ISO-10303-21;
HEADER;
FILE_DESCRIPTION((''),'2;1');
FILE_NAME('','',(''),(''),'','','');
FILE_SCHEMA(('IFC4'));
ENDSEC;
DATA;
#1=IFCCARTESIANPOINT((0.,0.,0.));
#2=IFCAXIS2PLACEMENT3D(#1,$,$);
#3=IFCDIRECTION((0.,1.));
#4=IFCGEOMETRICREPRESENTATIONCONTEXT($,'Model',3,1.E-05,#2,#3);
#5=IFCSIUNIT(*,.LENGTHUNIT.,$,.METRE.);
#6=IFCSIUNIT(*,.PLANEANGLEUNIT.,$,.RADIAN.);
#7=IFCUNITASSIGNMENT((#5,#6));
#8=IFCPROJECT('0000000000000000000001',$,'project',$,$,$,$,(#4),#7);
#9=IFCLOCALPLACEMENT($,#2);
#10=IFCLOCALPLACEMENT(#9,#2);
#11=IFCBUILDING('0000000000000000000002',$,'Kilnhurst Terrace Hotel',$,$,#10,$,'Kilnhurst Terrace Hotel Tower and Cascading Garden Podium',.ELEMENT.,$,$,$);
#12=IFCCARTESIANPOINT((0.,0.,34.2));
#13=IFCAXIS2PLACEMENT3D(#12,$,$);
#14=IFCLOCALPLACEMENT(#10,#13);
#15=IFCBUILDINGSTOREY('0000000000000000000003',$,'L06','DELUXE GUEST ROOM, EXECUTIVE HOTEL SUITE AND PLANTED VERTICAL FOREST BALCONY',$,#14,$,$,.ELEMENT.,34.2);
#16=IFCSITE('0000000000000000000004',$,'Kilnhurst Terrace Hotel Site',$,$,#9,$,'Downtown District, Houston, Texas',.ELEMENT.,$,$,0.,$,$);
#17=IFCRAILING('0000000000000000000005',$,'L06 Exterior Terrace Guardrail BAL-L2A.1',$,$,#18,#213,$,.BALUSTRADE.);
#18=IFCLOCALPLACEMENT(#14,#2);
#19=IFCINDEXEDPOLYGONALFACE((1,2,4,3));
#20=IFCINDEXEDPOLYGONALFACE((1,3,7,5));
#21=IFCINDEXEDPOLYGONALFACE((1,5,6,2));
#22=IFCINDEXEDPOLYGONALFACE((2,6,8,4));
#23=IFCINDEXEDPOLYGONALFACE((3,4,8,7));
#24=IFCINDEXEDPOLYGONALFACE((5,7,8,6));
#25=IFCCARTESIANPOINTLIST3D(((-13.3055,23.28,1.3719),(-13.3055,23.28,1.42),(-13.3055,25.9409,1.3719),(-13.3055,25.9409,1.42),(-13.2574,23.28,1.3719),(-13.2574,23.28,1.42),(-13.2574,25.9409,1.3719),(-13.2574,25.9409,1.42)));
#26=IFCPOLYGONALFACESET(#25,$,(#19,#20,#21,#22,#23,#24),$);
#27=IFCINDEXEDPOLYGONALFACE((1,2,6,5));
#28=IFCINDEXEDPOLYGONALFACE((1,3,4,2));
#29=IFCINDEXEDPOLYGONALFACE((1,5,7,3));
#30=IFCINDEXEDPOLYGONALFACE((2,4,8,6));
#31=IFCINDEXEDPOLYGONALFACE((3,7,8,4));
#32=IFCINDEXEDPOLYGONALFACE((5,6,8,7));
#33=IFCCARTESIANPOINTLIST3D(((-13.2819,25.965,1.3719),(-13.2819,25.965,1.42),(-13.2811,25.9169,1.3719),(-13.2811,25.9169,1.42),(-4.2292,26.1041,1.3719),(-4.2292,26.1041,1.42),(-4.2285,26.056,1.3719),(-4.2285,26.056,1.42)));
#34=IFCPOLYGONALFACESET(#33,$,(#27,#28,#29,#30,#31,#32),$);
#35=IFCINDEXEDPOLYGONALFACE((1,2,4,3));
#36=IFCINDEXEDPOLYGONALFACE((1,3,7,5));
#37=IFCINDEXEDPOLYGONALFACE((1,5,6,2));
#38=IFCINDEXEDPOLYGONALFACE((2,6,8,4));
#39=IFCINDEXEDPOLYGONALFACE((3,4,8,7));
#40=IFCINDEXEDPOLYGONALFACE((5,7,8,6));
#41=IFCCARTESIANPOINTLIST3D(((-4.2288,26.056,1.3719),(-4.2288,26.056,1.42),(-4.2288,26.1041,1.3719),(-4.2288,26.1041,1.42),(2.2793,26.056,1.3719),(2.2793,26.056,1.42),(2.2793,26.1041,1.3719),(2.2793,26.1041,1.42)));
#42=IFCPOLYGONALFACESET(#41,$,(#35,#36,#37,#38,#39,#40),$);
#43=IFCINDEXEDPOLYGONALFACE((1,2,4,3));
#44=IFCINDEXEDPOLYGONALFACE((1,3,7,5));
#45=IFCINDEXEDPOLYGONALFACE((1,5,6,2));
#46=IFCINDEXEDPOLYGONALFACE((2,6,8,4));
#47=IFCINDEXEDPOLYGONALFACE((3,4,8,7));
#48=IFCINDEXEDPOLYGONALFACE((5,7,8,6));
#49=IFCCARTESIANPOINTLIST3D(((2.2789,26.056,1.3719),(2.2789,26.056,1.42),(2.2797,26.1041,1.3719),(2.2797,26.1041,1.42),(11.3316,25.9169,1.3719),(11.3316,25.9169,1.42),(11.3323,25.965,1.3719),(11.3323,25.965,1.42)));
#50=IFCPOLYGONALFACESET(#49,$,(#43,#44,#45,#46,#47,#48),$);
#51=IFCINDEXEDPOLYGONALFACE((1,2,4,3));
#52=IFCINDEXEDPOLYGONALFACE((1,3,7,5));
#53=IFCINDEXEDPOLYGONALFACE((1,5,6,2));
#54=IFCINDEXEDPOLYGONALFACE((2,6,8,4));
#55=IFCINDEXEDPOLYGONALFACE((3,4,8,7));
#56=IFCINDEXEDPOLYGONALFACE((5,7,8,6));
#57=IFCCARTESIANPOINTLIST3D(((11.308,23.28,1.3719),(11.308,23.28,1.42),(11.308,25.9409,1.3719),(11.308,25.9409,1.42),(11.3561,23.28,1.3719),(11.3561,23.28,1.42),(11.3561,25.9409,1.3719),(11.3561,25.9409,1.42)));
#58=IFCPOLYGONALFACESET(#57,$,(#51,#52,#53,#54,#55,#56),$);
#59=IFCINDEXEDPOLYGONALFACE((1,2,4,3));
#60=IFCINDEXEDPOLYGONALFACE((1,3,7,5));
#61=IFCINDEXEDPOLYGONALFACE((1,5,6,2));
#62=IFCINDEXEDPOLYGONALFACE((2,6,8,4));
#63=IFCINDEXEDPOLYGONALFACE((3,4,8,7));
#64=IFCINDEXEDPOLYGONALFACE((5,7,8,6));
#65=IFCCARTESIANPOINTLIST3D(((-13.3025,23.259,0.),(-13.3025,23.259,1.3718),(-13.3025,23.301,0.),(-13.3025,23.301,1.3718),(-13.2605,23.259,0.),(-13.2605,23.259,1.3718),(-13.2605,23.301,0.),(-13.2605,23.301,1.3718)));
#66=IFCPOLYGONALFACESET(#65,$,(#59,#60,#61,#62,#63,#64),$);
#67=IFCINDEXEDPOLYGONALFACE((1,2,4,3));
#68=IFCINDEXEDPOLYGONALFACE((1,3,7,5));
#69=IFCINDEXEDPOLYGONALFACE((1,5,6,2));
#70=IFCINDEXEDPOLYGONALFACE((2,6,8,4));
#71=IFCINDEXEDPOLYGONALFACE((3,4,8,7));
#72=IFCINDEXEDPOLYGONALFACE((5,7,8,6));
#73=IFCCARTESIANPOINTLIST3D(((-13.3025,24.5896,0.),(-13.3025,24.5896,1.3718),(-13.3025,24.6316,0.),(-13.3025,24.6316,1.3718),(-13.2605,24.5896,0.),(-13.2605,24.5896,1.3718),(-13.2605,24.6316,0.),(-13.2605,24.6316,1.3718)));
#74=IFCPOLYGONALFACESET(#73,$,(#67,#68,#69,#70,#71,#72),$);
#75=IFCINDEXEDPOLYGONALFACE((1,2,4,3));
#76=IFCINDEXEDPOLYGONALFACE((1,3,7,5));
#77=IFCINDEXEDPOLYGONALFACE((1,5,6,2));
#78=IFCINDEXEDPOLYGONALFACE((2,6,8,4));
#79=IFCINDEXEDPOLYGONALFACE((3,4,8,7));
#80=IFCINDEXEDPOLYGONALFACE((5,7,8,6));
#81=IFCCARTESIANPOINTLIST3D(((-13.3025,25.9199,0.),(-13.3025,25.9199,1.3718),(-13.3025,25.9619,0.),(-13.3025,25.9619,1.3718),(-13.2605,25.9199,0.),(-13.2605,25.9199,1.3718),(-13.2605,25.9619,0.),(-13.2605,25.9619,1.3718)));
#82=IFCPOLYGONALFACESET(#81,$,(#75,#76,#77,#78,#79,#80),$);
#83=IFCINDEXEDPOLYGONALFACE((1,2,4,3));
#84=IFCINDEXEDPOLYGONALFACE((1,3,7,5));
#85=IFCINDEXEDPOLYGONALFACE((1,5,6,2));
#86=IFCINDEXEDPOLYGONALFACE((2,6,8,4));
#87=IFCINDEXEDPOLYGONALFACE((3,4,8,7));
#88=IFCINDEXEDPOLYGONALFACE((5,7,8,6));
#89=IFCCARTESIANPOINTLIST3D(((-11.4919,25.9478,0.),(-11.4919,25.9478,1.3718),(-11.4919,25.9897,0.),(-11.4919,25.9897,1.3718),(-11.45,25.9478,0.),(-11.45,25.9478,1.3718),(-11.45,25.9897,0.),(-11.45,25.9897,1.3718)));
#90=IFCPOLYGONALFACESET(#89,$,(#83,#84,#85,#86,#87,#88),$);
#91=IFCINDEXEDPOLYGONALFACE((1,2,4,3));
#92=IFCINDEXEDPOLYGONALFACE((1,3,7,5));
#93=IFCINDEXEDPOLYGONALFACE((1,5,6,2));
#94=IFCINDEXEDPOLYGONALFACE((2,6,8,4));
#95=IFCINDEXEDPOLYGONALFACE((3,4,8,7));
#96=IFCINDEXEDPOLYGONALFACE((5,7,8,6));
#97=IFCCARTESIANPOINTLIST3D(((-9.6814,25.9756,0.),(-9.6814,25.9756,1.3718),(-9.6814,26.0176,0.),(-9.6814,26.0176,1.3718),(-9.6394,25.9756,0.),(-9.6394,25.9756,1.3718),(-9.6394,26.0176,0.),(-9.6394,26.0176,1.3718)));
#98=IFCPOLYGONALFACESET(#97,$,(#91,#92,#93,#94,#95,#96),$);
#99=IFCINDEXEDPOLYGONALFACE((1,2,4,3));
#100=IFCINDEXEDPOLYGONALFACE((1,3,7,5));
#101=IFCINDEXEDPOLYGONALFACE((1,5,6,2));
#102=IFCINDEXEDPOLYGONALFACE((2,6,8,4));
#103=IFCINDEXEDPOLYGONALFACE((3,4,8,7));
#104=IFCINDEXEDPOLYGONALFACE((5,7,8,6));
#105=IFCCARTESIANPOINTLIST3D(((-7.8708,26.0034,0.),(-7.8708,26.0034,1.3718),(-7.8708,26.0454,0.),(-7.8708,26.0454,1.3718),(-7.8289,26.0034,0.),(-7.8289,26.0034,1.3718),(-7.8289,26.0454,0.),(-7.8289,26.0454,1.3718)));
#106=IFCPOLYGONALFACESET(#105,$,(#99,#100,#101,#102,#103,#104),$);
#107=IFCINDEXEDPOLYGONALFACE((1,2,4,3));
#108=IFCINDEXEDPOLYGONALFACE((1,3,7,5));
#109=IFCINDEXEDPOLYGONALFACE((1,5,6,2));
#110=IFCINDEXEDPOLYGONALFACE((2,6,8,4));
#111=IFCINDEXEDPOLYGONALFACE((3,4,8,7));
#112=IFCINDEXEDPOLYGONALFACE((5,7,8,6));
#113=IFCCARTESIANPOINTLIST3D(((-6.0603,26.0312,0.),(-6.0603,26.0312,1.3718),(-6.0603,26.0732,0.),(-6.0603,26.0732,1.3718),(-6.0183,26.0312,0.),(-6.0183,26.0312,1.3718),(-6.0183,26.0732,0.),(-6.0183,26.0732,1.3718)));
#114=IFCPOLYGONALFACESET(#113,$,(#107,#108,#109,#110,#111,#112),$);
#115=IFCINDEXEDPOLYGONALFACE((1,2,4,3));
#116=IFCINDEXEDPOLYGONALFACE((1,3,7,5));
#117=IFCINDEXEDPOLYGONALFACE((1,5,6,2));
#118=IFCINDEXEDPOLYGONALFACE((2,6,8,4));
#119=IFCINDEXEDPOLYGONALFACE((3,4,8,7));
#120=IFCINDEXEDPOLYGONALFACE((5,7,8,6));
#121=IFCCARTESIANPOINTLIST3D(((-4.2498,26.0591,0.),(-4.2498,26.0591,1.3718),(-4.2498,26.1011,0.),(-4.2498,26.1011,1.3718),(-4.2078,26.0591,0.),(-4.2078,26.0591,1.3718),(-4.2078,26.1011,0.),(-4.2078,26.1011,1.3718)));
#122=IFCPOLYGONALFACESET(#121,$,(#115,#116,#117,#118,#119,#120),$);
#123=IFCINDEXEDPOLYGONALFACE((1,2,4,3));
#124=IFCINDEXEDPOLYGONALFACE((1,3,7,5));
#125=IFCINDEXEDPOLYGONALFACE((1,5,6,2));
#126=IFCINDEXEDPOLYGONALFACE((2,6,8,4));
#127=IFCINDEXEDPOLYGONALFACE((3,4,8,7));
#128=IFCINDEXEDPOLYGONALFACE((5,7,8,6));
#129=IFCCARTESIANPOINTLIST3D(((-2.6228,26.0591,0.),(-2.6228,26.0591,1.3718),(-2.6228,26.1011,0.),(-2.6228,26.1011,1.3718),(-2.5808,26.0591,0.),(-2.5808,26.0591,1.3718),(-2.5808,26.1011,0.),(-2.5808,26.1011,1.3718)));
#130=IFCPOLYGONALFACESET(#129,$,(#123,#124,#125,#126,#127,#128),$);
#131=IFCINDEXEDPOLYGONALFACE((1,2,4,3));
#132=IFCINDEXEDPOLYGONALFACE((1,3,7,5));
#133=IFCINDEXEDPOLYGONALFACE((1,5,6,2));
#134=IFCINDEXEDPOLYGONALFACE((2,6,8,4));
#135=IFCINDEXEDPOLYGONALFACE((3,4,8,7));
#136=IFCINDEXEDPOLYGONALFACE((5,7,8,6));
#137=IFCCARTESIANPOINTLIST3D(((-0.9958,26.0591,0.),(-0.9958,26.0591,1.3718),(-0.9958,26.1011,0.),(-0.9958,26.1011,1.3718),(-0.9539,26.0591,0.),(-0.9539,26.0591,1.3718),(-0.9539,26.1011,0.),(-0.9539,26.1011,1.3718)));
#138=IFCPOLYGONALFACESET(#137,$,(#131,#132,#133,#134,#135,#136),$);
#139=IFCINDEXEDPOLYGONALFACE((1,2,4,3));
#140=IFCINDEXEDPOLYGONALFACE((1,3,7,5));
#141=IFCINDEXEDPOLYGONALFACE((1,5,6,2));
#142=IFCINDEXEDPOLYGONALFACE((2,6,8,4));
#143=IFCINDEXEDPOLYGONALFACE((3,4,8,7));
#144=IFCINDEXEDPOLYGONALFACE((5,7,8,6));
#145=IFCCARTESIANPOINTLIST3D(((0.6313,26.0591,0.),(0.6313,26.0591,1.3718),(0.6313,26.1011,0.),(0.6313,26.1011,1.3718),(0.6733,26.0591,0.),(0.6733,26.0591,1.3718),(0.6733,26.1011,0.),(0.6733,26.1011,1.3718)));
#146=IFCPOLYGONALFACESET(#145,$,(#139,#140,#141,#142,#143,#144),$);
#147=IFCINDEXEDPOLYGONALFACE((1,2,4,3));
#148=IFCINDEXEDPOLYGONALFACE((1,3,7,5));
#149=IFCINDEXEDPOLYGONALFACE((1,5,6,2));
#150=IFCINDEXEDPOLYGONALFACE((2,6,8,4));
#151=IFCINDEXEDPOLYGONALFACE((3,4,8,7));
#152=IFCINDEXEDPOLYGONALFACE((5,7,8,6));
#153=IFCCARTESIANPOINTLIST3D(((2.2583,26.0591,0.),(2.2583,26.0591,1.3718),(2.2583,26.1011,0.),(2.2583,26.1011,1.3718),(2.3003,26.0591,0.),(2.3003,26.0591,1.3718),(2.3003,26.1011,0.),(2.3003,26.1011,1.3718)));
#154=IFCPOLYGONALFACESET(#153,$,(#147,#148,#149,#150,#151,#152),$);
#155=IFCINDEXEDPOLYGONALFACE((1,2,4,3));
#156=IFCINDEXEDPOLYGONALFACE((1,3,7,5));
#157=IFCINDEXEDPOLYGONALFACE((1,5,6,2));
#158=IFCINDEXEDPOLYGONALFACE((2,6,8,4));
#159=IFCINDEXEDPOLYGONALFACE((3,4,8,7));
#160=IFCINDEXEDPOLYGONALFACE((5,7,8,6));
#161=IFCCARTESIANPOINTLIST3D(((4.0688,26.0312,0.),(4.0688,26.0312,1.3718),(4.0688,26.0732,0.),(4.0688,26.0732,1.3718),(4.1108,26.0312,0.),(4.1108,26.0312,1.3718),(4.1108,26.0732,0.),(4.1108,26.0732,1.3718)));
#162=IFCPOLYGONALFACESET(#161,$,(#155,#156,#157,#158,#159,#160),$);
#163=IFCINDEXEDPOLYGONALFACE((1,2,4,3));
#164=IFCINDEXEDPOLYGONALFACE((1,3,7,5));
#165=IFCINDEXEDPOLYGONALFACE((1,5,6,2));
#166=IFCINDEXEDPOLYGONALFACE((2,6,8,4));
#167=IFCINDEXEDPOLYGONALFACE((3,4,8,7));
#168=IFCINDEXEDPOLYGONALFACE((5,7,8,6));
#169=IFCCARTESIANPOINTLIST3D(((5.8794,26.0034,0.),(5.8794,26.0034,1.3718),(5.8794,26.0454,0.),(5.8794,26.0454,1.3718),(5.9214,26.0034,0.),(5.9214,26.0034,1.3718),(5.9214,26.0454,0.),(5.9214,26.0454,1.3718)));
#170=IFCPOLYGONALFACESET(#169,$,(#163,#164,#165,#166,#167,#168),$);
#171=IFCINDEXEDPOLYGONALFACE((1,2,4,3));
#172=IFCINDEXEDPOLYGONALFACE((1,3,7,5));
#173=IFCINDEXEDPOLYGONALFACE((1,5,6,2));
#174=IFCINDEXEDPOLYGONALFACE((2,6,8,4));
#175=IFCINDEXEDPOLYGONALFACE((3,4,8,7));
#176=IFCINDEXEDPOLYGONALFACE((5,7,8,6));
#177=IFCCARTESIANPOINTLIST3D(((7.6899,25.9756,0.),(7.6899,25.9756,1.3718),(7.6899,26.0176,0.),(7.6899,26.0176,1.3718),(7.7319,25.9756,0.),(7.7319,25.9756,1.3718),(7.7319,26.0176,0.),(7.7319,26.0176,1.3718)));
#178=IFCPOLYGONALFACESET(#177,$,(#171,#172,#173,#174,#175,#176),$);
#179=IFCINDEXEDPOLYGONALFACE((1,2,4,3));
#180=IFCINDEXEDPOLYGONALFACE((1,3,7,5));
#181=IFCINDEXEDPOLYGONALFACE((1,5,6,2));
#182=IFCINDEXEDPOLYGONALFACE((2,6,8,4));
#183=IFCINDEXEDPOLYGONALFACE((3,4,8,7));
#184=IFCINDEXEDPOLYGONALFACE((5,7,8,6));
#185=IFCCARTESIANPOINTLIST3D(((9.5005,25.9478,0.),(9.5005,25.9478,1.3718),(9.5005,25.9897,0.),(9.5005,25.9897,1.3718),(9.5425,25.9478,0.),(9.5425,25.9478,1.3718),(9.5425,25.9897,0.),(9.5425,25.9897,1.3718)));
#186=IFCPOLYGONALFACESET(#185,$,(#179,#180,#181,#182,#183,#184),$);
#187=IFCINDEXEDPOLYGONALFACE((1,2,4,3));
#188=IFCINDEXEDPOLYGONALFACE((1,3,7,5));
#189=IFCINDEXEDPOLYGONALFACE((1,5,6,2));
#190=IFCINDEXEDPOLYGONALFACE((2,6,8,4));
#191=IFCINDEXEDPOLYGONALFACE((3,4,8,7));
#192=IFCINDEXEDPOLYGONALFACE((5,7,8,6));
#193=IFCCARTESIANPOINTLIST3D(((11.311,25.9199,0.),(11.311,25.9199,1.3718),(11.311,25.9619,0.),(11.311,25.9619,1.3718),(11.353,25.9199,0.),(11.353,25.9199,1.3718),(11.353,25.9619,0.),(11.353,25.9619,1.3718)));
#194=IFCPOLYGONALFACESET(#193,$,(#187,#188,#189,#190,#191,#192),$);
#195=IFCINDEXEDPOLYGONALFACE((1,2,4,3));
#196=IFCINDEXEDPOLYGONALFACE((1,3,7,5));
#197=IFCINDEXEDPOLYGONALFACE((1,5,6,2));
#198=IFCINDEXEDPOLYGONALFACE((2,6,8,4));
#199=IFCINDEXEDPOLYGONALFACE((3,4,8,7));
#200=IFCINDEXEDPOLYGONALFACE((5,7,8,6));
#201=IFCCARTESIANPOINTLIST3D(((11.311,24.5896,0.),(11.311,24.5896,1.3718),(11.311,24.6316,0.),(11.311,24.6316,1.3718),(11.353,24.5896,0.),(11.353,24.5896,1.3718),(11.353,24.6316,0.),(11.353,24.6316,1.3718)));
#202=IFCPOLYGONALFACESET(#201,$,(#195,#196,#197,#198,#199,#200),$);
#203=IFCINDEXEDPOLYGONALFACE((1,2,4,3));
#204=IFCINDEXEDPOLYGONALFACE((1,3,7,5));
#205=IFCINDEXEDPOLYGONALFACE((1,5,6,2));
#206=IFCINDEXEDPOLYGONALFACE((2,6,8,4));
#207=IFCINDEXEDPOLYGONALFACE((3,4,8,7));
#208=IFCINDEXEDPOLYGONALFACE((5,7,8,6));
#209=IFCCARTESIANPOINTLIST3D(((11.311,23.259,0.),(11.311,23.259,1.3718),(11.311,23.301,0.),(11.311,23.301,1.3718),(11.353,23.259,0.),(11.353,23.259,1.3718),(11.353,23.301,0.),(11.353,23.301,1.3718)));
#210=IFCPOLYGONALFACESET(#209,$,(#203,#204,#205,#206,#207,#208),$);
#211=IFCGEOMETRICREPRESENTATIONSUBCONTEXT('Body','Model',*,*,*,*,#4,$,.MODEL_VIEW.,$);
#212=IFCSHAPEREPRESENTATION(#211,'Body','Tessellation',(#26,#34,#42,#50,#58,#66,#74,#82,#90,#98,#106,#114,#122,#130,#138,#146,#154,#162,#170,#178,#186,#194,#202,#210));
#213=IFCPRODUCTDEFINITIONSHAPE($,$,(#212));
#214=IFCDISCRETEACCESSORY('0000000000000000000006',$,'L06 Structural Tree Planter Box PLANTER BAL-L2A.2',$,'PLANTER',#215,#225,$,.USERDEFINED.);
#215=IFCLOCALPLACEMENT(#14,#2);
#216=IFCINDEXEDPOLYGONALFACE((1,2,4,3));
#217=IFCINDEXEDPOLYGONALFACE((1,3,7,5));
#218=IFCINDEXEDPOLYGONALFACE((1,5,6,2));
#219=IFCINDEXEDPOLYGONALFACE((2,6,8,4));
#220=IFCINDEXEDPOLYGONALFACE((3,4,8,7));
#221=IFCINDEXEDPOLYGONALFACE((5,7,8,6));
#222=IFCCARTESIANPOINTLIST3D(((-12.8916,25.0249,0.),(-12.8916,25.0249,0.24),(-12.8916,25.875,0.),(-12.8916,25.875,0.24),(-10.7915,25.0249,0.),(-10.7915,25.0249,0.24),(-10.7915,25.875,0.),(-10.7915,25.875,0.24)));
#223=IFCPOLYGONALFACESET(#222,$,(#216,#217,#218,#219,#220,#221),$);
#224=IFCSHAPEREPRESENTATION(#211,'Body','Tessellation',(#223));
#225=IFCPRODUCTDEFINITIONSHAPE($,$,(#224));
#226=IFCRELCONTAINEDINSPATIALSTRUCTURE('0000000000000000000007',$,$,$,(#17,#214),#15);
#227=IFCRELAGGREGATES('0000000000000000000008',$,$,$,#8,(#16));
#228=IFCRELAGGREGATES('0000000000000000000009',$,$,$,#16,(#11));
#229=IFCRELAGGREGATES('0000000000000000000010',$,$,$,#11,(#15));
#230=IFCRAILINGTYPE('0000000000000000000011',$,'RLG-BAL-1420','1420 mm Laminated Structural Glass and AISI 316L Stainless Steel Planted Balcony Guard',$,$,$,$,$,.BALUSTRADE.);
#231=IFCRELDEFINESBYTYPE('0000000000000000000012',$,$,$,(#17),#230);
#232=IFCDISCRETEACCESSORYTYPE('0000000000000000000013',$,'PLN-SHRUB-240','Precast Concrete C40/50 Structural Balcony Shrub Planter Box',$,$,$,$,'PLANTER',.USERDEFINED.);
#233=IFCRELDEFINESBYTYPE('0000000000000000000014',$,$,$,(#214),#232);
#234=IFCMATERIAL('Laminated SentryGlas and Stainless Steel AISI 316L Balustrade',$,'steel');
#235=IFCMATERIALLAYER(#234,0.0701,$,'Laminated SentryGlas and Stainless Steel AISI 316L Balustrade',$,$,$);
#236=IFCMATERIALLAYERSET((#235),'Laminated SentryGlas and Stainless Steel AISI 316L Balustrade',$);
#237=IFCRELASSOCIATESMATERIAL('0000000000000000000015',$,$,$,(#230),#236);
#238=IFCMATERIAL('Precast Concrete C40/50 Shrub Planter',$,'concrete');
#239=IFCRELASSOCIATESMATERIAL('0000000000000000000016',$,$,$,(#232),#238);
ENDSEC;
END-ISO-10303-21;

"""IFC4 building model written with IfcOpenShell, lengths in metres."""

from ifc_helpers import new_model, si_unit, direction, frame, origin, origin_2d, place, context, subcontext, project, spatial, rectangle, extrude, material, layer, layer_set, type_object, element, save


model = new_model("IFC4")

# Units and contexts
model_context = context("Model", 3, precision=1e-05, world=origin(), true_north=direction((0.0, 1.0)))
body_context = subcontext(model_context, "Body", "Model", "MODEL_VIEW")
ifc_project = project(units=[si_unit("LENGTHUNIT", "METRE"), si_unit("PLANEANGLEUNIT", "RADIAN")], contexts=[model_context])

# Site, building, storey
site_placement = place(None, origin())
site = spatial("IfcSite", under=ifc_project, at=site_placement, Name="Kilnhurst Terrace Hotel Site", LongName="Downtown District, Houston, Texas", CompositionType="ELEMENT", RefElevation=0.0)
building_placement = place(site_placement, origin())
building = spatial("IfcBuilding", under=site, at=building_placement, Name="Kilnhurst Terrace Hotel", LongName="Kilnhurst Terrace Hotel Tower and Cascading Garden Podium", CompositionType="ELEMENT")
storey_placement = place(building_placement, frame((0.0, 0.0, 34.2)))
storey = spatial("IfcBuildingStorey", under=building, at=storey_placement, Name="L06", Description="DELUXE GUEST ROOM, EXECUTIVE HOTEL SUITE AND PLANTED VERTICAL FOREST BALCONY", CompositionType="ELEMENT", Elevation=34.2)

# Railing
ifc_material_1 = material(Name="Laminated SentryGlas and Stainless Steel AISI 316L Balustrade", Category="steel")
ifc_layer_1 = layer(ifc_material_1, 0.0701, Name="Laminated SentryGlas and Stainless Steel AISI 316L Balustrade")
ifc_layer_set_1 = layer_set([ifc_layer_1], Name="Laminated SentryGlas and Stainless Steel AISI 316L Balustrade")
railing_type = type_object("IfcRailingType", Name="RLG-BAL-1420", Description="1420 mm Laminated Structural Glass and AISI 316L Stainless Steel Planted Balcony Guard", PredefinedType="BALUSTRADE", material=ifc_layer_set_1)
railing_placement = place(storey_placement, frame((-13.2815, 23.28, 0.0)))
element("IfcRailing", 1, at=railing_placement, inside=storey, type_object=railing_type, Name="L06 Exterior Terrace Guardrail BAL-L2A.1", PredefinedType="BALUSTRADE", context=body_context, shape_type="SweptSolid", body=[
    extrude(rectangle(XDim=0.0481, YDim=0.0481, at=origin_2d()), frame((0.0, 0.0, 1.396), z_axis=(0.0, 1.0, 0.0), x_axis=(-1.0, 0.0, 0.0)), (0.0, 0.0, 1.0), 2.6609),
    extrude(rectangle(XDim=0.0481, YDim=0.0481, at=origin_2d()), frame((0.0, 2.6609, 1.396), z_axis=(0.999882, 0.01537, 0.0), x_axis=(-0.01537, 0.999882, 0.0)), (0.0, 0.0, 1.0), 9.0537),
    extrude(rectangle(XDim=0.0481, YDim=0.0481, at=origin_2d()), frame((9.0527, 2.8, 1.396), z_axis=(1.0, 0.0, 0.0), x_axis=(0.0, 1.0, 0.0)), (0.0, 0.0, 1.0), 6.5081),
    extrude(rectangle(XDim=0.0481, YDim=0.0481, at=origin_2d()), frame((15.5608, 2.8, 1.396), z_axis=(0.999882, -0.01537, 0.0), x_axis=(0.01537, 0.999882, 0.0)), (0.0, 0.0, 1.0), 9.0537),
    extrude(rectangle(XDim=0.0481, YDim=0.0481, at=origin_2d()), frame((24.6135, 2.6609, 1.396), z_axis=(0.0, -1.0, 0.0), x_axis=(1.0, 0.0, 0.0)), (0.0, 0.0, 1.0), 2.6609),
    extrude(rectangle(XDim=0.042, YDim=0.042, at=origin_2d()), origin(), (0.0, 0.0, 1.0), 1.3718),
    extrude(rectangle(XDim=0.042, YDim=0.042, at=origin_2d()), frame((0.0, 1.3306, 0.0)), (0.0, 0.0, 1.0), 1.3718),
    extrude(rectangle(XDim=0.042, YDim=0.042, at=origin_2d()), frame((0.0, 2.6609, 0.0)), (0.0, 0.0, 1.0), 1.3718),
    extrude(rectangle(XDim=0.042, YDim=0.042, at=origin_2d()), frame((1.8105, 2.6887, 0.0)), (0.0, 0.0, 1.0), 1.3718),
    extrude(rectangle(XDim=0.042, YDim=0.042, at=origin_2d()), frame((3.6211, 2.7166, 0.0)), (0.0, 0.0, 1.0), 1.3718),
    extrude(rectangle(XDim=0.042, YDim=0.042, at=origin_2d()), frame((5.4316, 2.7444, 0.0)), (0.0, 0.0, 1.0), 1.3718),
    extrude(rectangle(XDim=0.042, YDim=0.042, at=origin_2d()), frame((7.2422, 2.7722, 0.0)), (0.0, 0.0, 1.0), 1.3718),
    extrude(rectangle(XDim=0.042, YDim=0.042, at=origin_2d()), frame((9.0527, 2.8, 0.0)), (0.0, 0.0, 1.0), 1.3718),
    extrude(rectangle(XDim=0.042, YDim=0.042, at=origin_2d()), frame((10.6797, 2.8, 0.0)), (0.0, 0.0, 1.0), 1.3718),
    extrude(rectangle(XDim=0.042, YDim=0.042, at=origin_2d()), frame((12.3066, 2.8, 0.0)), (0.0, 0.0, 1.0), 1.3718),
    extrude(rectangle(XDim=0.042, YDim=0.042, at=origin_2d()), frame((13.9338, 2.8, 0.0)), (0.0, 0.0, 1.0), 1.3718),
    extrude(rectangle(XDim=0.042, YDim=0.042, at=origin_2d()), frame((15.5608, 2.8, 0.0)), (0.0, 0.0, 1.0), 1.3718),
    extrude(rectangle(XDim=0.042, YDim=0.042, at=origin_2d()), frame((17.3713, 2.7722, 0.0)), (0.0, 0.0, 1.0), 1.3718),
    extrude(rectangle(XDim=0.042, YDim=0.042, at=origin_2d()), frame((19.1819, 2.7444, 0.0)), (0.0, 0.0, 1.0), 1.3718),
    extrude(rectangle(XDim=0.042, YDim=0.042, at=origin_2d()), frame((20.9924, 2.7166, 0.0)), (0.0, 0.0, 1.0), 1.3718),
    extrude(rectangle(XDim=0.042, YDim=0.042, at=origin_2d()), frame((22.803, 2.6887, 0.0)), (0.0, 0.0, 1.0), 1.3718),
    extrude(rectangle(XDim=0.042, YDim=0.042, at=origin_2d()), frame((24.6135, 2.6609, 0.0)), (0.0, 0.0, 1.0), 1.3718),
    extrude(rectangle(XDim=0.042, YDim=0.042, at=origin_2d()), frame((24.6135, 1.3306, 0.0)), (0.0, 0.0, 1.0), 1.3718),
    extrude(rectangle(XDim=0.042, YDim=0.042, at=origin_2d()), frame((24.6135, 0.0, 0.0)), (0.0, 0.0, 1.0), 1.3718),
])

# Discrete accessory
ifc_material_2 = material(Name="Precast Concrete C40/50 Shrub Planter", Category="concrete")
discrete_accessory_type_1 = type_object("IfcDiscreteAccessoryType", Name="PLN-SHRUB-240", Description="Precast Concrete C40/50 Structural Balcony Shrub Planter Box", ElementType="PLANTER", PredefinedType="USERDEFINED", material=ifc_material_2)
discrete_accessory_1_placement = place(storey_placement, frame((-11.8416, 25.45, 0.0), z_axis=(0.0, 0.0, 1.0), x_axis=(-1.0, 0.0, 0.0)))
element("IfcDiscreteAccessory", 2, at=discrete_accessory_1_placement, inside=storey, type_object=discrete_accessory_type_1, Name="L06 Structural Tree Planter Box PLANTER BAL-L2A.2", ObjectType="PLANTER", PredefinedType="USERDEFINED", context=body_context, shape_type="SweptSolid", body=[
    extrude(rectangle(XDim=2.1001, YDim=0.8501, at=origin_2d()), origin(), (0.0, 0.0, 1.0), 0.24),
])

save(model, "model.ifc")
